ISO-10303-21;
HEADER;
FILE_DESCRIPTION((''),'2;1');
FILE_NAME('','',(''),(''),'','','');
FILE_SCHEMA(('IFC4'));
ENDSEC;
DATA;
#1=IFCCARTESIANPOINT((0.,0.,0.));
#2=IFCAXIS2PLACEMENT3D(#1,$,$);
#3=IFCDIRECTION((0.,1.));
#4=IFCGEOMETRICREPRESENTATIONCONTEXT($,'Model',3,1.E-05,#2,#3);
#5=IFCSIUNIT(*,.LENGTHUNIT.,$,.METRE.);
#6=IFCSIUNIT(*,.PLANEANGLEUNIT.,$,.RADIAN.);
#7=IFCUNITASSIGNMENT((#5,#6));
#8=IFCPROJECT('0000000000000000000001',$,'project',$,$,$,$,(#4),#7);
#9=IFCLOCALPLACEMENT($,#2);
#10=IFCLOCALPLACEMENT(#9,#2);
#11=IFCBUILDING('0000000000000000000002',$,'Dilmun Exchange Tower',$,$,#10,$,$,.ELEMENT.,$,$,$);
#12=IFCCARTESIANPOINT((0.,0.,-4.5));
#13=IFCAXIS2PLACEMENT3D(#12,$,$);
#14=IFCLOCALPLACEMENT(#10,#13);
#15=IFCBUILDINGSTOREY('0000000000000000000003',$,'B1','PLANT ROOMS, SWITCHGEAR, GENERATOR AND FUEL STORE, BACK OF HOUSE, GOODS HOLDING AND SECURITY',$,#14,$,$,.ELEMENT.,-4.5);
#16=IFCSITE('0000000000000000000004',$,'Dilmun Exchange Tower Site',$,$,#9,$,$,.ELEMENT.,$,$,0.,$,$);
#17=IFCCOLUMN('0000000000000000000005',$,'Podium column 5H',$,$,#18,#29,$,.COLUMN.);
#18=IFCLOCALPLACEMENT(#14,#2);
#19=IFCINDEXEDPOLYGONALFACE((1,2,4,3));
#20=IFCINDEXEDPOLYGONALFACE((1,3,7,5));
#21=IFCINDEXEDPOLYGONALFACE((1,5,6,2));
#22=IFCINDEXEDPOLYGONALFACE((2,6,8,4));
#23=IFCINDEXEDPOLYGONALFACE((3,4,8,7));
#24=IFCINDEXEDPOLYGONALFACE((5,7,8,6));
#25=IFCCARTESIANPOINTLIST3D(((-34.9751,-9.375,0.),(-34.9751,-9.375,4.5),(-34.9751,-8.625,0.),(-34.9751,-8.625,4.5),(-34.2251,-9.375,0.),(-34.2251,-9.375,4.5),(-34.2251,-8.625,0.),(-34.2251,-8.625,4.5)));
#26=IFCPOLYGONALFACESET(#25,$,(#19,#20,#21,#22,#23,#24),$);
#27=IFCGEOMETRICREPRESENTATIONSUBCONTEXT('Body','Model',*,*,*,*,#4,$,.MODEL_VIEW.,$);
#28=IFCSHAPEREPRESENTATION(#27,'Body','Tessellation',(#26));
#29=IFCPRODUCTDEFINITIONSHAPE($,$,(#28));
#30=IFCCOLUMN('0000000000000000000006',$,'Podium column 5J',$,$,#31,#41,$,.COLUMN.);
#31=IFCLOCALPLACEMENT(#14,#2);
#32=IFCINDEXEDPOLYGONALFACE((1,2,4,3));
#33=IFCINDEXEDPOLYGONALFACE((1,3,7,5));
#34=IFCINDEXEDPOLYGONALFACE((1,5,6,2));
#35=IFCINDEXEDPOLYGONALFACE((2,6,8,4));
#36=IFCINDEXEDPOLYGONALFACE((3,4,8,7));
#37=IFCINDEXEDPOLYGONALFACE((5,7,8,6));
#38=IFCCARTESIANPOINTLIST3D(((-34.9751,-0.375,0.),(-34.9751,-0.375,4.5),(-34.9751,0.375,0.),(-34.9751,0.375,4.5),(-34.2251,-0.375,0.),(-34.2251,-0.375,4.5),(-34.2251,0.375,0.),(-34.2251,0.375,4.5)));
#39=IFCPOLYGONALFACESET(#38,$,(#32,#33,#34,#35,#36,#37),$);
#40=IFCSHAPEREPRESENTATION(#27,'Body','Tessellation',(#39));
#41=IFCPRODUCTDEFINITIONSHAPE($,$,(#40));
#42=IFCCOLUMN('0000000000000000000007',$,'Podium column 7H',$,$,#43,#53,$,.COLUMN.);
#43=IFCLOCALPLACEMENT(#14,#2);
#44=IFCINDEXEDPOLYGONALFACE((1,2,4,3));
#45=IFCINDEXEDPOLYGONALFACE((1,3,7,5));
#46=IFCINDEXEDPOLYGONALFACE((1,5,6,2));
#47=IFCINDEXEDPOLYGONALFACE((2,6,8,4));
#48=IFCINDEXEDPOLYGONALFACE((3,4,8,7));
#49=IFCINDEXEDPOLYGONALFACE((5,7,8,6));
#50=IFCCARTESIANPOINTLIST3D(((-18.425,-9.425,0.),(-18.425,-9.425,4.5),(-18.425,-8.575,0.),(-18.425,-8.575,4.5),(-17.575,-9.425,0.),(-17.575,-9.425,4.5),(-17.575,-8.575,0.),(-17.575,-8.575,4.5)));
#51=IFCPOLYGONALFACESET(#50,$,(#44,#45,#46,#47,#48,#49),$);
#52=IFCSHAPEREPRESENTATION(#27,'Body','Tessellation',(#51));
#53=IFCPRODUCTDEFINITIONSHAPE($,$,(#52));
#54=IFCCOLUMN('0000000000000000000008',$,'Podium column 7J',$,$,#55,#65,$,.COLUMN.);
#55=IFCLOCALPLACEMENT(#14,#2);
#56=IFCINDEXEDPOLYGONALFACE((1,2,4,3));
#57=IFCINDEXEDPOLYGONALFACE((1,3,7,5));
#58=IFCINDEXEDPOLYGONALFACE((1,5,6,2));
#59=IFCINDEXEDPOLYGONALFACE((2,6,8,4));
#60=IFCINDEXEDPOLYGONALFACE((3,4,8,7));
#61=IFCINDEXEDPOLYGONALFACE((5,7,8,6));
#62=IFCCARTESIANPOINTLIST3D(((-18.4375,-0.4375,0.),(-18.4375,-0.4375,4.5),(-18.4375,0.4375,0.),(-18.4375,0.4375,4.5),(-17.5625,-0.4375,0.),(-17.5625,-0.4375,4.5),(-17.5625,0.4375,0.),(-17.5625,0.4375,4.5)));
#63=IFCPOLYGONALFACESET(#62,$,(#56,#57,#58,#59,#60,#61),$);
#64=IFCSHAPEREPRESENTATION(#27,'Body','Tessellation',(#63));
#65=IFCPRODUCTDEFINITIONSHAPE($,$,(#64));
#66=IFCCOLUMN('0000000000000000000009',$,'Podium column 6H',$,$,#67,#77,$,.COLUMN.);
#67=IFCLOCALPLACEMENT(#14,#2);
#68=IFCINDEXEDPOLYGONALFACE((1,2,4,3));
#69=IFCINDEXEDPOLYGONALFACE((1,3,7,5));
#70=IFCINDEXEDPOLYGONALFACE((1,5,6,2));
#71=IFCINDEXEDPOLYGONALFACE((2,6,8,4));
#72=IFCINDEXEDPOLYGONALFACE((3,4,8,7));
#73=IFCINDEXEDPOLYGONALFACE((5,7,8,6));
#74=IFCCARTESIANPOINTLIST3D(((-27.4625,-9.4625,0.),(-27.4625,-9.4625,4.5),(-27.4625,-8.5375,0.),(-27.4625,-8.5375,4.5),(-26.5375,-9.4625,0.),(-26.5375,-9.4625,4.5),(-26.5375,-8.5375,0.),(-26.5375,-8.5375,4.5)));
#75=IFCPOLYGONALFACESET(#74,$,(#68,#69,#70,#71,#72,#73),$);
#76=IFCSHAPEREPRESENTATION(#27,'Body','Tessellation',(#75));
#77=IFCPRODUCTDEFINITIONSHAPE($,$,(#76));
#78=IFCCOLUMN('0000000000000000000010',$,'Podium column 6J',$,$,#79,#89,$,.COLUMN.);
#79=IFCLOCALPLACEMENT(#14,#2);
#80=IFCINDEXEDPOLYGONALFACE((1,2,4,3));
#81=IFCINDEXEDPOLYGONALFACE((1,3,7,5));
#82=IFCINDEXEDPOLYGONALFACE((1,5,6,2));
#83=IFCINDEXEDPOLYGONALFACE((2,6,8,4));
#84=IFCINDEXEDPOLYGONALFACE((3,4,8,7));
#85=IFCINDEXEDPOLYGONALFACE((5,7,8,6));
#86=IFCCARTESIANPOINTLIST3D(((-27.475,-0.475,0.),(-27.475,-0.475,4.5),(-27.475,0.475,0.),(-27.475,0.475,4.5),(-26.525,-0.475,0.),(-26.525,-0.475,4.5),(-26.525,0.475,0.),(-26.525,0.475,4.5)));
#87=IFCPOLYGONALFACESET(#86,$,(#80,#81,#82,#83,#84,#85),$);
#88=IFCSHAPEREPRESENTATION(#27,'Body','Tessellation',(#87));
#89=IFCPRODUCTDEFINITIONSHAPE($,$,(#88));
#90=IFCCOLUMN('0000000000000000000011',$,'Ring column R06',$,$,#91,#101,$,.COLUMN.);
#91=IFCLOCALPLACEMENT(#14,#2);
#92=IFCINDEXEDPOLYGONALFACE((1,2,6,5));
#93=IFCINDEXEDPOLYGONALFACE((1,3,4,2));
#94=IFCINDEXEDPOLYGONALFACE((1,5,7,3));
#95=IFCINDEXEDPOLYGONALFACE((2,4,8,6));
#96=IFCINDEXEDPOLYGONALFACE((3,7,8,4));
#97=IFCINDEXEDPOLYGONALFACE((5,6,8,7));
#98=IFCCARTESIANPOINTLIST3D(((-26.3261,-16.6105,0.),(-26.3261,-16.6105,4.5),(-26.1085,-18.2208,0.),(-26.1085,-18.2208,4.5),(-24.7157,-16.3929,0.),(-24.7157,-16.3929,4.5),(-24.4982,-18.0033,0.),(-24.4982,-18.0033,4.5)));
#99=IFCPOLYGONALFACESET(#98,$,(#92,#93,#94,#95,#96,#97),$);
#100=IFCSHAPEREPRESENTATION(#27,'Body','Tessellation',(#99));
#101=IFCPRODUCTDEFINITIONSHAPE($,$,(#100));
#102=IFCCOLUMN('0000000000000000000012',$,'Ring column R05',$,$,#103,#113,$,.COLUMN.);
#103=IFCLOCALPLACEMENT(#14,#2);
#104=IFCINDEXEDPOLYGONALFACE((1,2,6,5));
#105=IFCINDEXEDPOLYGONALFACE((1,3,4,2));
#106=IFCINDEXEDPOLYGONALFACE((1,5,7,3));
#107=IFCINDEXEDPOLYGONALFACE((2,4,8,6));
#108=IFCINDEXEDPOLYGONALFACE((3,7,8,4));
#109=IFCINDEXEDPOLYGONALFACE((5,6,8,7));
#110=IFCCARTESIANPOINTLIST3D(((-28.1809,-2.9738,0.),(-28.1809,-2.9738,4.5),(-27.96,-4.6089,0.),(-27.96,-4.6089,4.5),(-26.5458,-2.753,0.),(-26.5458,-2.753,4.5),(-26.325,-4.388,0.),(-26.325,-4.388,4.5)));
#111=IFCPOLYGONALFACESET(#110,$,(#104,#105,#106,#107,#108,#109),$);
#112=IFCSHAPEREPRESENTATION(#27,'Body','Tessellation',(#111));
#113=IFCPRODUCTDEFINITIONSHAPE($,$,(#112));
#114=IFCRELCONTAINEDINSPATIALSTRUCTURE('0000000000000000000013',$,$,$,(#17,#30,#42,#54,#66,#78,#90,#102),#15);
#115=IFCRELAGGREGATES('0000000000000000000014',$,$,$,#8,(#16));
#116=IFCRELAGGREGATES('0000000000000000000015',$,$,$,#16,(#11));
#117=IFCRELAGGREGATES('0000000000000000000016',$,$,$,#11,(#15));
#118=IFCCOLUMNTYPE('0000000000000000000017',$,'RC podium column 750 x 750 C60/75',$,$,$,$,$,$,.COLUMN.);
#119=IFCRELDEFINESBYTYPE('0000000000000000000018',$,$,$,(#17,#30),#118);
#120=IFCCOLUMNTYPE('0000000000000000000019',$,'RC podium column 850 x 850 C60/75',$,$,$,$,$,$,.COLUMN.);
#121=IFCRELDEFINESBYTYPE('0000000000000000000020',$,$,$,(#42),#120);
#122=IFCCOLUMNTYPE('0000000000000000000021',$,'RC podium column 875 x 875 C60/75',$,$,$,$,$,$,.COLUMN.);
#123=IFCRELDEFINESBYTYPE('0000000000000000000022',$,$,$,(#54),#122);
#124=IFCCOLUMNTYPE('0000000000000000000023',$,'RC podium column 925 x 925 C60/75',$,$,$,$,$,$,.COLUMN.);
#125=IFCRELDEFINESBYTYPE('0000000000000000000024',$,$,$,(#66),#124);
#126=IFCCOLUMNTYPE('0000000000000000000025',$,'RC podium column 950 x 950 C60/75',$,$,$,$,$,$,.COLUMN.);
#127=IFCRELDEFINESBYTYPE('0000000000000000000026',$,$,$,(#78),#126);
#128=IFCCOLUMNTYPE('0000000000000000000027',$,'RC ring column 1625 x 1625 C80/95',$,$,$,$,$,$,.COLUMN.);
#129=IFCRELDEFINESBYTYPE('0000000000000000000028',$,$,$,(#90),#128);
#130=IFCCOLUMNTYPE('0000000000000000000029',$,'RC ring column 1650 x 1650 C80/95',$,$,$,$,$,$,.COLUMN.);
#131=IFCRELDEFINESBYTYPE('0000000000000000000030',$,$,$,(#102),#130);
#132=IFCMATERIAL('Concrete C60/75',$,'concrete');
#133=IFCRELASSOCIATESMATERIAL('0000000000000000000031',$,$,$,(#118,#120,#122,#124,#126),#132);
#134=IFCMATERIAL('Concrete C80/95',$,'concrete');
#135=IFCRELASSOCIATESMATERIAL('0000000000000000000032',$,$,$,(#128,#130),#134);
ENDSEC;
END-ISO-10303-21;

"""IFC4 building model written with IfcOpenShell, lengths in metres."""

from ifc_helpers import new_model, si_unit, direction, frame, origin, origin_2d, place, context, subcontext, project, spatial, rectangle, extrude, material, material_profile, profile_set, type_object, element, save


model = new_model("IFC4")

# Units and contexts
model_context = context("Model", 3, precision=1e-05, world=origin(), true_north=direction((0.0, 1.0)))
body_context = subcontext(model_context, "Body", "Model", "MODEL_VIEW")
ifc_project = project(units=[si_unit("LENGTHUNIT", "METRE"), si_unit("PLANEANGLEUNIT", "RADIAN")], contexts=[model_context])

# Site, building, storey
site_placement = place(None, origin())
site = spatial("IfcSite", under=ifc_project, at=site_placement, Name="Dilmun Exchange Tower Site", CompositionType="ELEMENT", RefElevation=0.0)
building_placement = place(site_placement, origin())
building = spatial("IfcBuilding", under=site, at=building_placement, Name="Dilmun Exchange Tower", CompositionType="ELEMENT")
storey_placement = place(building_placement, frame((0.0, 0.0, -4.5)))
storey = spatial("IfcBuildingStorey", under=building, at=storey_placement, Name="B1", Description="PLANT ROOMS, SWITCHGEAR, GENERATOR AND FUEL STORE, BACK OF HOUSE, GOODS HOLDING AND SECURITY", CompositionType="ELEMENT", Elevation=-4.5)

# Columns
ifc_material_1 = material(Name="Concrete C60/75", Category="concrete")
ifc_material_profile_1 = material_profile(ifc_material_1, rectangle(XDim=0.75, YDim=0.75, at=origin_2d()), Name="750 x 750")
ifc_profile_set_1 = profile_set([ifc_material_profile_1], Name="Concrete C60/75")
column_type_1 = type_object("IfcColumnType", Name="RC podium column 750 x 750 C60/75", PredefinedType="COLUMN", material=ifc_profile_set_1)
for number, where, z_axis, x_axis, name in (
    (1, (-34.6001, -9.0, 0.0), (0.0, 0.0, 1.0), (1.0, 0.0, 0.0), "Podium column 5H"),
    (2, (-34.6001, 0.0, 0.0), (0.0, 0.0, 1.0), (1.0, 0.0, 0.0), "Podium column 5J"),
):
    element("IfcColumn", number, at=place(storey_placement, frame(where, z_axis=z_axis, x_axis=x_axis)), inside=storey, type_object=column_type_1, Name=name, PredefinedType="COLUMN", context=body_context, shape_type="SweptSolid", body=[
        extrude(rectangle(XDim=0.75, YDim=0.75, at=origin_2d()), origin(), (0.0, 0.0, 1.0), 4.5),
    ])
ifc_material_profile_2 = material_profile(ifc_material_1, rectangle(XDim=0.8501, YDim=0.8501, at=origin_2d()), Name="850 x 850")
ifc_profile_set_2 = profile_set([ifc_material_profile_2], Name="Concrete C60/75")
column_type_2 = type_object("IfcColumnType", Name="RC podium column 850 x 850 C60/75", PredefinedType="COLUMN", material=ifc_profile_set_2)
column_1_placement = place(storey_placement, frame((-18.0, -9.0, 0.0), z_axis=(0.0, 0.0, 1.0), x_axis=(1.0, 0.0, 0.0)))
element("IfcColumn", 3, at=column_1_placement, inside=storey, type_object=column_type_2, Name="Podium column 7H", PredefinedType="COLUMN", context=body_context, shape_type="SweptSolid", body=[
    extrude(rectangle(XDim=0.8501, YDim=0.8501, at=origin_2d()), origin(), (0.0, 0.0, 1.0), 4.5),
])
ifc_material_profile_3 = material_profile(ifc_material_1, rectangle(XDim=0.875, YDim=0.875, at=origin_2d()), Name="875 x 875")
ifc_profile_set_3 = profile_set([ifc_material_profile_3], Name="Concrete C60/75")
column_type_3 = type_object("IfcColumnType", Name="RC podium column 875 x 875 C60/75", PredefinedType="COLUMN", material=ifc_profile_set_3)
column_2_placement = place(storey_placement, frame((-18.0, 0.0, 0.0), z_axis=(0.0, 0.0, 1.0), x_axis=(1.0, 0.0, 0.0)))
element("IfcColumn", 4, at=column_2_placement, inside=storey, type_object=column_type_3, Name="Podium column 7J", PredefinedType="COLUMN", context=body_context, shape_type="SweptSolid", body=[
    extrude(rectangle(XDim=0.875, YDim=0.875, at=origin_2d()), origin(), (0.0, 0.0, 1.0), 4.5),
])
ifc_material_profile_4 = material_profile(ifc_material_1, rectangle(XDim=0.925, YDim=0.925, at=origin_2d()), Name="925 x 925")
ifc_profile_set_4 = profile_set([ifc_material_profile_4], Name="Concrete C60/75")
column_type_4 = type_object("IfcColumnType", Name="RC podium column 925 x 925 C60/75", PredefinedType="COLUMN", material=ifc_profile_set_4)
column_3_placement = place(storey_placement, frame((-27.0, -9.0, 0.0), z_axis=(0.0, 0.0, 1.0), x_axis=(1.0, 0.0, 0.0)))
element("IfcColumn", 5, at=column_3_placement, inside=storey, type_object=column_type_4, Name="Podium column 6H", PredefinedType="COLUMN", context=body_context, shape_type="SweptSolid", body=[
    extrude(rectangle(XDim=0.925, YDim=0.925, at=origin_2d()), origin(), (0.0, 0.0, 1.0), 4.5),
])
ifc_material_profile_5 = material_profile(ifc_material_1, rectangle(XDim=0.95, YDim=0.95, at=origin_2d()), Name="950 x 950")
ifc_profile_set_5 = profile_set([ifc_material_profile_5], Name="Concrete C60/75")
column_type_5 = type_object("IfcColumnType", Name="RC podium column 950 x 950 C60/75", PredefinedType="COLUMN", material=ifc_profile_set_5)
column_4_placement = place(storey_placement, frame((-27.0, 0.0, 0.0), z_axis=(0.0, 0.0, 1.0), x_axis=(1.0, 0.0, 0.0)))
element("IfcColumn", 6, at=column_4_placement, inside=storey, type_object=column_type_5, Name="Podium column 6J", PredefinedType="COLUMN", context=body_context, shape_type="SweptSolid", body=[
    extrude(rectangle(XDim=0.95, YDim=0.95, at=origin_2d()), origin(), (0.0, 0.0, 1.0), 4.5),
])
ifc_material_2 = material(Name="Concrete C80/95", Category="concrete")
ifc_material_profile_6 = material_profile(ifc_material_2, rectangle(XDim=1.625, YDim=1.625, at=origin_2d()), Name="1625 x 1625")
ifc_profile_set_6 = profile_set([ifc_material_profile_6], Name="Concrete C80/95")
column_type_6 = type_object("IfcColumnType", Name="RC ring column 1625 x 1625 C80/95", PredefinedType="COLUMN", material=ifc_profile_set_6)
column_5_placement = place(storey_placement, frame((-25.4121, -17.3069, 0.0), z_axis=(0.0, 0.0, 1.0), x_axis=(0.991001, 0.133853, 0.0)))
element("IfcColumn", 7, at=column_5_placement, inside=storey, type_object=column_type_6, Name="Ring column R06", PredefinedType="COLUMN", context=body_context, shape_type="SweptSolid", body=[
    extrude(rectangle(XDim=1.625, YDim=1.625, at=origin_2d()), origin(), (0.0, 0.0, 1.0), 4.5),
])
ifc_material_profile_7 = material_profile(ifc_material_2, rectangle(XDim=1.6499, YDim=1.6499, at=origin_2d()), Name="1650 x 1650")
ifc_profile_set_7 = profile_set([ifc_material_profile_7], Name="Concrete C80/95")
column_type_7 = type_object("IfcColumnType", Name="RC ring column 1650 x 1650 C80/95", PredefinedType="COLUMN", material=ifc_profile_set_7)
column_6_placement = place(storey_placement, frame((-27.2529, -3.6809, 0.0), z_axis=(0.0, 0.0, 1.0), x_axis=(0.991001, 0.133853, 0.0)))
element("IfcColumn", 8, at=column_6_placement, inside=storey, type_object=column_type_7, Name="Ring column R05", PredefinedType="COLUMN", context=body_context, shape_type="SweptSolid", body=[
    extrude(rectangle(XDim=1.6499, YDim=1.6499, at=origin_2d()), origin(), (0.0, 0.0, 1.0), 4.5),
])

save(model, "model.ifc")
